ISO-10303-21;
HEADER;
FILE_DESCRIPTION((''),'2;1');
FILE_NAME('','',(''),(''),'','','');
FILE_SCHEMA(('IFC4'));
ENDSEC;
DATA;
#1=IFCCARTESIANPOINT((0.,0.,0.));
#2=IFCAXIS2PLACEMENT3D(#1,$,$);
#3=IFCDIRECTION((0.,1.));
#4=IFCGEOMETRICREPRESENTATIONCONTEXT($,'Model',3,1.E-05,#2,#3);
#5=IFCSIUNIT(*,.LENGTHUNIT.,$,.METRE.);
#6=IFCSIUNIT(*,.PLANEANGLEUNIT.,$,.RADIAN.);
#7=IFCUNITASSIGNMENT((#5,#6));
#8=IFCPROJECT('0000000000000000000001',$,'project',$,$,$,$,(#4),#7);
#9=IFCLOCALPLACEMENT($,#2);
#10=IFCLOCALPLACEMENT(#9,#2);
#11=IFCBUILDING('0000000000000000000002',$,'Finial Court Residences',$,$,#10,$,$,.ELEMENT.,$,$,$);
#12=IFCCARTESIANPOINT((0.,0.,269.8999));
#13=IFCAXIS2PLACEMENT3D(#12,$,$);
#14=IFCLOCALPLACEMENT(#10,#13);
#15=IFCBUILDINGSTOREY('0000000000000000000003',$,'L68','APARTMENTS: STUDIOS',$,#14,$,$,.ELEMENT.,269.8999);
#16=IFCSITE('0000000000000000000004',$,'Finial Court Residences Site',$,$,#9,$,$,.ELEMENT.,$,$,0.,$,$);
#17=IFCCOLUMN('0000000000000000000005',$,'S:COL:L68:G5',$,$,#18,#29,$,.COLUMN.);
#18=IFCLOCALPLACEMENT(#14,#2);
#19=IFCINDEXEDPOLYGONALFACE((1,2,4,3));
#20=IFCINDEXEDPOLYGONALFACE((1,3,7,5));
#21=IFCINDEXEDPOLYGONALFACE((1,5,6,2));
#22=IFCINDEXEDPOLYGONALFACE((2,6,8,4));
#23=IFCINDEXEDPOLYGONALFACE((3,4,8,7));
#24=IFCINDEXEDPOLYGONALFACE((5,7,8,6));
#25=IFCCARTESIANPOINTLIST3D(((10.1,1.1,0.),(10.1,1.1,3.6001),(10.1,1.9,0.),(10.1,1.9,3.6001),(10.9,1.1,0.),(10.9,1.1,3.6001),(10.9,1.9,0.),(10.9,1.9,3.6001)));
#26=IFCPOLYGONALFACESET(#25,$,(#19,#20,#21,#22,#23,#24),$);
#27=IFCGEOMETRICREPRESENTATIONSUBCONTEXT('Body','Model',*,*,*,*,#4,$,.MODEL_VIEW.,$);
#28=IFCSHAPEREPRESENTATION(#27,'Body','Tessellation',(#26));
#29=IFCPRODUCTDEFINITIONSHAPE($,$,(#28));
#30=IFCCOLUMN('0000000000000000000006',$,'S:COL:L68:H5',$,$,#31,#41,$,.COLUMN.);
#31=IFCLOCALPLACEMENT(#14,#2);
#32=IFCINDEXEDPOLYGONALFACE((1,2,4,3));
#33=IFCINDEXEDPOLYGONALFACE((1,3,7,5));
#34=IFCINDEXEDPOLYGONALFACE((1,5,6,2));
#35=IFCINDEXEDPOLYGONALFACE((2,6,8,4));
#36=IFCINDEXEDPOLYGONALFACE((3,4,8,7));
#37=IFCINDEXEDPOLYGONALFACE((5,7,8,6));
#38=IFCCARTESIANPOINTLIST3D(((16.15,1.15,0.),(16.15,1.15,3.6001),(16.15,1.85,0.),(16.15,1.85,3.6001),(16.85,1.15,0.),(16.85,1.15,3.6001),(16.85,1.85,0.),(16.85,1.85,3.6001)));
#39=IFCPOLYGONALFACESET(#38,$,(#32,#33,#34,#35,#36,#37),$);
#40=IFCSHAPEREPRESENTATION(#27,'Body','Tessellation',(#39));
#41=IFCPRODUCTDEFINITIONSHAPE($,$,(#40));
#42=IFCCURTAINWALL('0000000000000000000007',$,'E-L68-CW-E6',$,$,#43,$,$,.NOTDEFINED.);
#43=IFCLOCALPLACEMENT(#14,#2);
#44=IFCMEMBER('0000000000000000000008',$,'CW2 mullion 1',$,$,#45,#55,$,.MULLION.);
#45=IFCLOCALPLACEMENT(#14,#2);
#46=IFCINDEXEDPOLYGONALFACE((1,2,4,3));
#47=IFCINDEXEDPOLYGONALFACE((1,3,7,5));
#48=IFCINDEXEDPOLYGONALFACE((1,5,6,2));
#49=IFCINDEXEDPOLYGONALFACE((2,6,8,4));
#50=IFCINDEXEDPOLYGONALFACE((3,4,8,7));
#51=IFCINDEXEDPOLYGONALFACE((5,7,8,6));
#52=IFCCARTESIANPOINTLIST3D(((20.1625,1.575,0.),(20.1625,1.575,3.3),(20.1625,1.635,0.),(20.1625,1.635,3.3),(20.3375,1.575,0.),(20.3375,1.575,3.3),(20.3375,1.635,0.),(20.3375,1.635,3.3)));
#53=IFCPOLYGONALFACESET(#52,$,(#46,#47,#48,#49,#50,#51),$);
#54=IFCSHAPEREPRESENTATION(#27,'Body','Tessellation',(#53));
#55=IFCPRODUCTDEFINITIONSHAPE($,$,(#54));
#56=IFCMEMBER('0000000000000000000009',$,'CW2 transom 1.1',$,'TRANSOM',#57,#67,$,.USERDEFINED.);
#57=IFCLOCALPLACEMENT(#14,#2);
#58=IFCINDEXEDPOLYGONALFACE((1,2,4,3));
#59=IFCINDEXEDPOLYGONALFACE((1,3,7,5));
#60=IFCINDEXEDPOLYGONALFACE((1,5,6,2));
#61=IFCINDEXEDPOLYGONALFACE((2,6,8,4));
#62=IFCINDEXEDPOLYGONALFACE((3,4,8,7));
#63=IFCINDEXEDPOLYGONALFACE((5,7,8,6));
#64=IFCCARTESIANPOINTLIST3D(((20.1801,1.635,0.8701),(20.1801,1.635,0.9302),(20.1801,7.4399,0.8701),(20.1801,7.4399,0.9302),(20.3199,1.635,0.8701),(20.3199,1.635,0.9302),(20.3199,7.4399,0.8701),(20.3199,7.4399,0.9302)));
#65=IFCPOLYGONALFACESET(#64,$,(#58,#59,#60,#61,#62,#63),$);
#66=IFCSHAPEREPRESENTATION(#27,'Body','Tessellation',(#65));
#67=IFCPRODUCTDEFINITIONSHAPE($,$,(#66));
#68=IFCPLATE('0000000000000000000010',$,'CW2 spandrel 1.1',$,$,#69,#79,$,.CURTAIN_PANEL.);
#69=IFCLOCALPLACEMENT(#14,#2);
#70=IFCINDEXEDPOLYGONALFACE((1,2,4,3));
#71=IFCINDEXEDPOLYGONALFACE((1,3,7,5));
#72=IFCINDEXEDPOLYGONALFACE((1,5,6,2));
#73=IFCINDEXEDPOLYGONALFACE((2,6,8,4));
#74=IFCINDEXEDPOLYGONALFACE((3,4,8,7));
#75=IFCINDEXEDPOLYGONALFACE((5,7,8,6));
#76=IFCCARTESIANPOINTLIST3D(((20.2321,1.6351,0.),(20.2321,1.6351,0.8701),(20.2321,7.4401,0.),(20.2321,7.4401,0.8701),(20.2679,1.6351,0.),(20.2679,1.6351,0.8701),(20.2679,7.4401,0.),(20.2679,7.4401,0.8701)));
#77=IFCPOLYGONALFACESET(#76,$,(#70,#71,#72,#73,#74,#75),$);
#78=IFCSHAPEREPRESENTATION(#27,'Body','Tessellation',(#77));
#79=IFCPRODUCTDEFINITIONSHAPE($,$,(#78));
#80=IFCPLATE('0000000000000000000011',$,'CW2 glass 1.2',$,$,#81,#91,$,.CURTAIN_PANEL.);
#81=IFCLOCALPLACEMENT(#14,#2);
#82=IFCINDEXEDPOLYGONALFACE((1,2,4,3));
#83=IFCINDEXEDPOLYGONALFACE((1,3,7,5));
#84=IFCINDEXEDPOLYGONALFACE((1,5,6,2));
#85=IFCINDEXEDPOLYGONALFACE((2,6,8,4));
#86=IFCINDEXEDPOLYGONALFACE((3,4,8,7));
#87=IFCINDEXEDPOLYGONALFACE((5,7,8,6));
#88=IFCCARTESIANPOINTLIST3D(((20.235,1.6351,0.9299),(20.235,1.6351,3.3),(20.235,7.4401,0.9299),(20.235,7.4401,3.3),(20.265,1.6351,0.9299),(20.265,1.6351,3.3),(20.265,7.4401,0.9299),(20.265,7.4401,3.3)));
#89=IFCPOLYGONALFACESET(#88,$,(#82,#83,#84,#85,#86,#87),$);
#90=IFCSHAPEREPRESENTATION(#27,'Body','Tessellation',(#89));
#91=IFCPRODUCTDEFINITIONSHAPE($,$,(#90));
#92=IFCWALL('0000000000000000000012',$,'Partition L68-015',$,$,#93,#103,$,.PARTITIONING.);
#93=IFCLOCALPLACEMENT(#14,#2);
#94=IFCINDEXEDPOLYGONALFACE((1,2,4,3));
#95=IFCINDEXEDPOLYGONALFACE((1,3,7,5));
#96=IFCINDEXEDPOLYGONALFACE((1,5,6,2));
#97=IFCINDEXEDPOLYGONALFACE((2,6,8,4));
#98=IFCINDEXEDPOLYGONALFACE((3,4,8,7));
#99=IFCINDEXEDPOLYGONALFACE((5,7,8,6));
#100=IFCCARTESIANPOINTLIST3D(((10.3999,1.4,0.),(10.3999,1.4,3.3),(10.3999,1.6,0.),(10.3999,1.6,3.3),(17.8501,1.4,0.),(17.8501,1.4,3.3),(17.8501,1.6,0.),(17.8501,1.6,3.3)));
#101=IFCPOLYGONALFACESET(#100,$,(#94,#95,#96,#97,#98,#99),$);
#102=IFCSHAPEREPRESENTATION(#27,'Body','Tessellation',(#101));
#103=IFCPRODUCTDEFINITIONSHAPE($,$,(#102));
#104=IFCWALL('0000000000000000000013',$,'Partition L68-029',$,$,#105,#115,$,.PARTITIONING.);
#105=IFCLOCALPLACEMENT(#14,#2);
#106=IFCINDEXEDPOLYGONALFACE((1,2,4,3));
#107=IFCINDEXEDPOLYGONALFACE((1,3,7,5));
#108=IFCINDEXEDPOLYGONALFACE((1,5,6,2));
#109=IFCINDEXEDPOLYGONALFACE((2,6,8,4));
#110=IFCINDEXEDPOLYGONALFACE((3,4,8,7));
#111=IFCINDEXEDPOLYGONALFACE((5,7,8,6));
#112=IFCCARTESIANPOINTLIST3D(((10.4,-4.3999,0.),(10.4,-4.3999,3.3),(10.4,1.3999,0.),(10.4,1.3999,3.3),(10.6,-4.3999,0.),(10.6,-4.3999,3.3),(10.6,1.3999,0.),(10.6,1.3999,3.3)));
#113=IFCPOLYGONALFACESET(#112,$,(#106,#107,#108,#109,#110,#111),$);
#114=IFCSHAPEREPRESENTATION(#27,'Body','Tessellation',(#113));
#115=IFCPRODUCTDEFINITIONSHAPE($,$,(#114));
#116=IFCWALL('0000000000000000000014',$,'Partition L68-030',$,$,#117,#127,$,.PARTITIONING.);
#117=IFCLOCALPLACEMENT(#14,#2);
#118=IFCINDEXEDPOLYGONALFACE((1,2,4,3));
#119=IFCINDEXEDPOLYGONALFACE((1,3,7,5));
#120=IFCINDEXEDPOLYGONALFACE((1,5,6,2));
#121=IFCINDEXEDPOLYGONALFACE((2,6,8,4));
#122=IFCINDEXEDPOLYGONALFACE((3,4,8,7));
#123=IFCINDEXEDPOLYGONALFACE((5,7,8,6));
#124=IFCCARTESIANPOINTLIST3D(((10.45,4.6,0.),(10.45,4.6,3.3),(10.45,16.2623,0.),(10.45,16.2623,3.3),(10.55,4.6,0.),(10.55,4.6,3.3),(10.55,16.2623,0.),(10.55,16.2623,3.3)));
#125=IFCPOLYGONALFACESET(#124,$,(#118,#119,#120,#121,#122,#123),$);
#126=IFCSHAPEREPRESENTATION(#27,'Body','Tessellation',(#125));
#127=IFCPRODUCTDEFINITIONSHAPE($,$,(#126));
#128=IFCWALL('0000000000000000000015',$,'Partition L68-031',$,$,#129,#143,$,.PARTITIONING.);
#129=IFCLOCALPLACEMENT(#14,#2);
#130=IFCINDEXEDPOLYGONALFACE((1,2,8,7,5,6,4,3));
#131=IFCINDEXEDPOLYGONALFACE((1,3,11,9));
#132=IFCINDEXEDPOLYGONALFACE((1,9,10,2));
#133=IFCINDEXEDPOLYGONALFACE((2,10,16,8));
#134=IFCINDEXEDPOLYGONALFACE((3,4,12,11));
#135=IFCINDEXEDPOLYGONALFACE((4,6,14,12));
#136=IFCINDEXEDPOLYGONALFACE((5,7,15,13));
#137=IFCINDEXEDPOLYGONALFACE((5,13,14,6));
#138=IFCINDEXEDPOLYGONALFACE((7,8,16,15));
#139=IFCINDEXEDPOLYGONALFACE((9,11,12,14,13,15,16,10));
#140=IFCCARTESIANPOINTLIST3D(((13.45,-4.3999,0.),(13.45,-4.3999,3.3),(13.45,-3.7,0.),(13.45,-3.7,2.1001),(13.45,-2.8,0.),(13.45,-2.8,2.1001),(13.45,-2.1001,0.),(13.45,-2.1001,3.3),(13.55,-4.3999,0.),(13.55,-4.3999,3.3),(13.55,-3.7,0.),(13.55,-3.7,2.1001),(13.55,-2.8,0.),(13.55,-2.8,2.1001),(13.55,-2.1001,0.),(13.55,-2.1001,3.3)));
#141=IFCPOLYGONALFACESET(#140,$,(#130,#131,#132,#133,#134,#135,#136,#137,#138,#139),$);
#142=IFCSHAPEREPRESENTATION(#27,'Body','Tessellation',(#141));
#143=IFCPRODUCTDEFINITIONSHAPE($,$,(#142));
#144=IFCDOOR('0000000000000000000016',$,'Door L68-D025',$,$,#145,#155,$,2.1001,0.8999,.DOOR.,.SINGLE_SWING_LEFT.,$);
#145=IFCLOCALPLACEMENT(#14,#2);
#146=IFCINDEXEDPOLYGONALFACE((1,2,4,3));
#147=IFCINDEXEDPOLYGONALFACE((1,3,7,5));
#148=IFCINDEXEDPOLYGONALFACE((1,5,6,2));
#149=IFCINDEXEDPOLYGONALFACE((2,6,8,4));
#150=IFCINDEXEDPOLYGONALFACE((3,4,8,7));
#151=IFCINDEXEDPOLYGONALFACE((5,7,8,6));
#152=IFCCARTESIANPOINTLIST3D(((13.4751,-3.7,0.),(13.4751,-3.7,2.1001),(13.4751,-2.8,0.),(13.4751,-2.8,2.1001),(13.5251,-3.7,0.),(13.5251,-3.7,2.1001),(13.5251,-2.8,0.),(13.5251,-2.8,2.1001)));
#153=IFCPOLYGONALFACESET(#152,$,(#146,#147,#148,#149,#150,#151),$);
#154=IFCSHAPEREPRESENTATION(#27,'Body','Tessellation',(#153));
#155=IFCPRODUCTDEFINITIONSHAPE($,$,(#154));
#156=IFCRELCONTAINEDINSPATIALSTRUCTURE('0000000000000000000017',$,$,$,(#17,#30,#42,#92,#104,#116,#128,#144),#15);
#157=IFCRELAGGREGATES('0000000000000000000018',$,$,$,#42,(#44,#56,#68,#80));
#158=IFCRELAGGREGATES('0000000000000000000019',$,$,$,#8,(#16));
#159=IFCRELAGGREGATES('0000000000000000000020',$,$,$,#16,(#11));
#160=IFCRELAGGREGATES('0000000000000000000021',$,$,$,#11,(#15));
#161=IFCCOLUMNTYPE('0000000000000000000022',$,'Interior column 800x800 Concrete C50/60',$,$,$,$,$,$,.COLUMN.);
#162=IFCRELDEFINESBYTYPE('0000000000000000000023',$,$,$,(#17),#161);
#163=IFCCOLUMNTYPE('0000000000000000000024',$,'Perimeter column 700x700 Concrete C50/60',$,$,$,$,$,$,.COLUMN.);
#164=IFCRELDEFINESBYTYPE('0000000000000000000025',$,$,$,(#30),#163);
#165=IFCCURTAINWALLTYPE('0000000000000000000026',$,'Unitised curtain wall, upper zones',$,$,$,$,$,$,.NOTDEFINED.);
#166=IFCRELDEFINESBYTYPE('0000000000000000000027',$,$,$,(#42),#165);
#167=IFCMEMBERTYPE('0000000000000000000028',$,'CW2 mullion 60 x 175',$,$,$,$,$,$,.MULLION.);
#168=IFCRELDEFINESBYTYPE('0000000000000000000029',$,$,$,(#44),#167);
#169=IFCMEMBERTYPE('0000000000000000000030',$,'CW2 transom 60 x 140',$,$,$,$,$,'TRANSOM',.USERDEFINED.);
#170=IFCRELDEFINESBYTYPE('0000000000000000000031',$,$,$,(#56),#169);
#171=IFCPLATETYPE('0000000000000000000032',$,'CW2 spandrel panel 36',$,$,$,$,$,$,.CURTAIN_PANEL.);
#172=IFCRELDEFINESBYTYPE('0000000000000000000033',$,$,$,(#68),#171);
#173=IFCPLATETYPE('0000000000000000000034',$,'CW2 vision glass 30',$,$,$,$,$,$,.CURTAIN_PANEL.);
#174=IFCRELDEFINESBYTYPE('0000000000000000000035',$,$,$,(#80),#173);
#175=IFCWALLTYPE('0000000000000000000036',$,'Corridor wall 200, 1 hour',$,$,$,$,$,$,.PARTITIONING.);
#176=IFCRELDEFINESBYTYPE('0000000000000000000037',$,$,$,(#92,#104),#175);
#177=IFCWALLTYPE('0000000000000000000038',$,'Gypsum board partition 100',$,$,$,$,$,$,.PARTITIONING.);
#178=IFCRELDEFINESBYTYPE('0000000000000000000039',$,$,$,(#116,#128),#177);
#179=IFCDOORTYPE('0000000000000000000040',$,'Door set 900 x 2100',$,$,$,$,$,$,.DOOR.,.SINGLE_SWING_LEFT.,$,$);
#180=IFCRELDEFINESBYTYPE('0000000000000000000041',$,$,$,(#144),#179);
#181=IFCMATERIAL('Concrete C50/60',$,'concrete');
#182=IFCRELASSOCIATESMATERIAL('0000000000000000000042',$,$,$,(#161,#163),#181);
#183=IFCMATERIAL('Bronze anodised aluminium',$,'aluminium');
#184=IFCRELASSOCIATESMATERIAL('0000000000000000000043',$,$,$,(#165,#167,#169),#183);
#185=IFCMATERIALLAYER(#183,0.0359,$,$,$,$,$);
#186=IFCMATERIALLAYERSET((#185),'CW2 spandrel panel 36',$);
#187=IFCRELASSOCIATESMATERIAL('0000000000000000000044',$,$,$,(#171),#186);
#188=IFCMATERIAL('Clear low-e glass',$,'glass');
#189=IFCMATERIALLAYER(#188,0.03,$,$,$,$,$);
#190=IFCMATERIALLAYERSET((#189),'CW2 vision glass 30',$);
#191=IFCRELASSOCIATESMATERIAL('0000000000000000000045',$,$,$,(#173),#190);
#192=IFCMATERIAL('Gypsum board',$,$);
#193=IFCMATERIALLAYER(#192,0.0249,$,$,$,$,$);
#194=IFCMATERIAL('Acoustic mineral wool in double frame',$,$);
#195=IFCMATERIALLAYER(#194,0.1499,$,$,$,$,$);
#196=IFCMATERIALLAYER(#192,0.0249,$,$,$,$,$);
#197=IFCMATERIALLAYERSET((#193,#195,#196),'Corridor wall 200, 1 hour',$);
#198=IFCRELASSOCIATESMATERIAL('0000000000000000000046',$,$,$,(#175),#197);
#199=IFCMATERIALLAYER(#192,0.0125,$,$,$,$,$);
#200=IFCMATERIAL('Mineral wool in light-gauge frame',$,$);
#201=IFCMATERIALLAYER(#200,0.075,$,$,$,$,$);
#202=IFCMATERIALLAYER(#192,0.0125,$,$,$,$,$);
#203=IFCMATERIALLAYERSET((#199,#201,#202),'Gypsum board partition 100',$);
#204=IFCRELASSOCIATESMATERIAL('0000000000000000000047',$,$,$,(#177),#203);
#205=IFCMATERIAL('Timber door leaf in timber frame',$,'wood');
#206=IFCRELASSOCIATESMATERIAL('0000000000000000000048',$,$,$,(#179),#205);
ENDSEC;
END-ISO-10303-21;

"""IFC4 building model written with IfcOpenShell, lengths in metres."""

from ifc_helpers import new_model, si_unit, direction, frame, frame_2d, origin, origin_2d, place, context, subcontext, project, spatial, rectangle, extrude, material, layer, layer_set, material_profile, profile_set, type_object, element, fill, aggregate, save


model = new_model("IFC4")

# Units and contexts
model_context = context("Model", 3, precision=1e-05, world=origin(), true_north=direction((0.0, 1.0)))
body_context = subcontext(model_context, "Body", "Model", "MODEL_VIEW")
ifc_project = project(units=[si_unit("LENGTHUNIT", "METRE"), si_unit("PLANEANGLEUNIT", "RADIAN")], contexts=[model_context])

# Site, building, storey
site_placement = place(None, origin())
site = spatial("IfcSite", under=ifc_project, at=site_placement, Name="Finial Court Residences Site", CompositionType="ELEMENT", RefElevation=0.0)
building_placement = place(site_placement, origin())
building = spatial("IfcBuilding", under=site, at=building_placement, Name="Finial Court Residences", CompositionType="ELEMENT")
storey_placement = place(building_placement, frame((0.0, 0.0, 269.8999)))
storey = spatial("IfcBuildingStorey", under=building, at=storey_placement, Name="L68", Description="APARTMENTS: STUDIOS", CompositionType="ELEMENT", Elevation=269.8999)

# Columns
ifc_material_1 = material(Name="Concrete C50/60", Category="concrete")
ifc_material_profile_1 = material_profile(ifc_material_1, rectangle(XDim=0.8, YDim=0.8, at=origin_2d()), Name="800x800")
ifc_profile_set_1 = profile_set([ifc_material_profile_1], Name="Concrete C50/60")
column_type_1 = type_object("IfcColumnType", Name="Interior column 800x800 Concrete C50/60", PredefinedType="COLUMN", material=ifc_profile_set_1)
column_1_placement = place(storey_placement, frame((10.5, 1.5, 0.0), z_axis=(0.0, 0.0, 1.0), x_axis=(1.0, 0.0, 0.0)))
element("IfcColumn", 1, at=column_1_placement, inside=storey, type_object=column_type_1, Name="S:COL:L68:G5", PredefinedType="COLUMN", context=body_context, shape_type="SweptSolid", body=[
    extrude(rectangle(XDim=0.8, YDim=0.8, at=origin_2d()), origin(), (0.0, 0.0, 1.0), 3.6001),
])
ifc_material_profile_2 = material_profile(ifc_material_1, rectangle(XDim=0.7, YDim=0.7, at=origin_2d()), Name="700x700")
ifc_profile_set_2 = profile_set([ifc_material_profile_2], Name="Concrete C50/60")
column_type_2 = type_object("IfcColumnType", Name="Perimeter column 700x700 Concrete C50/60", PredefinedType="COLUMN", material=ifc_profile_set_2)
column_2_placement = place(storey_placement, frame((16.5, 1.5, 0.0), z_axis=(0.0, 0.0, 1.0), x_axis=(1.0, 0.0, 0.0)))
element("IfcColumn", 2, at=column_2_placement, inside=storey, type_object=column_type_2, Name="S:COL:L68:H5", PredefinedType="COLUMN", context=body_context, shape_type="SweptSolid", body=[
    extrude(rectangle(XDim=0.7, YDim=0.7, at=origin_2d()), origin(), (0.0, 0.0, 1.0), 3.6001),
])

# Curtain wall, members, plates
ifc_material_2 = material(Name="Bronze anodised aluminium", Category="aluminium")
curtain_wall_type = type_object("IfcCurtainWallType", Name="Unitised curtain wall, upper zones", PredefinedType="NOTDEFINED", material=ifc_material_2)
curtain_wall_placement = place(storey_placement, origin())
curtain_wall = element("IfcCurtainWall", 3, at=curtain_wall_placement, inside=storey, type_object=curtain_wall_type, Name="E-L68-CW-E6", PredefinedType="NOTDEFINED")
ifc_material_profile_3 = material_profile(ifc_material_2, rectangle(XDim=0.175, YDim=0.0601, at=origin_2d()), Name="CW2 mullion 60 x 175")
ifc_profile_set_3 = profile_set([ifc_material_profile_3], Name="Bronze anodised aluminium")
member_type_1 = type_object("IfcMemberType", Name="CW2 mullion 60 x 175", PredefinedType="MULLION", material=ifc_profile_set_3)
member_1_placement = place(storey_placement, frame((20.25, 1.605, 0.0), z_axis=(0.0, 0.0, 1.0), x_axis=(-1.0, 0.0, 0.0)))
member_1 = element("IfcMember", 4, at=member_1_placement, type_object=member_type_1, Name="CW2 mullion 1", PredefinedType="MULLION", context=body_context, shape_type="SweptSolid", body=[
    extrude(rectangle(XDim=0.175, YDim=0.0601, at=origin_2d()), origin(), (0.0, 0.0, 1.0), 3.3),
])
ifc_material_profile_4 = material_profile(ifc_material_2, rectangle(XDim=0.1399, YDim=0.0601, at=origin_2d()), Name="CW2 transom 60 x 140")
ifc_profile_set_4 = profile_set([ifc_material_profile_4], Name="Bronze anodised aluminium")
member_type_2 = type_object("IfcMemberType", Name="CW2 transom 60 x 140", ElementType="TRANSOM", PredefinedType="USERDEFINED", material=ifc_profile_set_4)
member_2_placement = place(storey_placement, frame((20.25, 1.635, 0.9001), z_axis=(0.0, 1.0, 0.0), x_axis=(-1.0, 0.0, 0.0)))
member_2 = element("IfcMember", 5, at=member_2_placement, type_object=member_type_2, Name="CW2 transom 1.1", ObjectType="TRANSOM", PredefinedType="USERDEFINED", context=body_context, shape_type="SweptSolid", body=[
    extrude(rectangle(XDim=0.1399, YDim=0.0601, at=origin_2d()), origin(), (0.0, 0.0, 1.0), 5.8049),
])
ifc_layer_1 = layer(ifc_material_2, 0.0359)
ifc_layer_set_1 = layer_set([ifc_layer_1], Name="CW2 spandrel panel 36")
plate_type_1 = type_object("IfcPlateType", Name="CW2 spandrel panel 36", PredefinedType="CURTAIN_PANEL", material=ifc_layer_set_1)
plate_1_placement = place(storey_placement, frame((20.25, 4.5376, 0.0), z_axis=(0.0, 0.0, 1.0), x_axis=(0.0, 1.0, 0.0)))
plate_1 = element("IfcPlate", 6, at=plate_1_placement, type_object=plate_type_1, Name="CW2 spandrel 1.1", PredefinedType="CURTAIN_PANEL", context=body_context, shape_type="SweptSolid", body=[
    extrude(rectangle(XDim=5.8049, YDim=0.0359, at=origin_2d()), origin(), (0.0, 0.0, 1.0), 0.8701),
])
ifc_material_3 = material(Name="Clear low-e glass", Category="glass")
ifc_layer_2 = layer(ifc_material_3, 0.03)
ifc_layer_set_2 = layer_set([ifc_layer_2], Name="CW2 vision glass 30")
plate_type_2 = type_object("IfcPlateType", Name="CW2 vision glass 30", PredefinedType="CURTAIN_PANEL", material=ifc_layer_set_2)
plate_2_placement = place(storey_placement, frame((20.25, 4.5376, 0.9299), z_axis=(0.0, 0.0, 1.0), x_axis=(0.0, 1.0, 0.0)))
plate_2 = element("IfcPlate", 7, at=plate_2_placement, type_object=plate_type_2, Name="CW2 glass 1.2", PredefinedType="CURTAIN_PANEL", context=body_context, shape_type="SweptSolid", body=[
    extrude(rectangle(XDim=5.8049, YDim=0.03, at=origin_2d()), origin(), (0.0, 0.0, 1.0), 2.3701),
])
aggregate(curtain_wall, [member_1, member_2, plate_1, plate_2])

# Walls
ifc_material_4 = material(Name="Gypsum board")
ifc_layer_3 = layer(ifc_material_4, 0.0249)
ifc_material_5 = material(Name="Acoustic mineral wool in double frame")
ifc_layer_4 = layer(ifc_material_5, 0.1499)
ifc_layer_5 = layer(ifc_material_4, 0.0249)
ifc_layer_set_3 = layer_set([ifc_layer_3, ifc_layer_4, ifc_layer_5], Name="Corridor wall 200, 1 hour")
wall_type_1 = type_object("IfcWallType", Name="Corridor wall 200, 1 hour", PredefinedType="PARTITIONING", material=ifc_layer_set_3)
wall_1_placement = place(storey_placement, frame((10.3999, 1.5, 0.0), z_axis=(0.0, 0.0, 1.0), x_axis=(1.0, 0.0, 0.0)))
element("IfcWall", 8, at=wall_1_placement, inside=storey, type_object=wall_type_1, Name="Partition L68-015", PredefinedType="PARTITIONING", context=body_context, shape_type="SweptSolid", body=[
    extrude(rectangle(XDim=7.4502, YDim=0.2, at=frame_2d((3.7251, 0.0))), origin(), (0.0, 0.0, 1.0), 3.3),
])
wall_2_placement = place(storey_placement, frame((10.5, -4.3999, 0.0), z_axis=(0.0, 0.0, 1.0), x_axis=(0.0, 1.0, 0.0)))
element("IfcWall", 9, at=wall_2_placement, inside=storey, type_object=wall_type_1, Name="Partition L68-029", PredefinedType="PARTITIONING", context=body_context, shape_type="SweptSolid", body=[
    extrude(rectangle(XDim=5.7998, YDim=0.2, at=frame_2d((2.8999, 0.0))), origin(), (0.0, 0.0, 1.0), 3.3),
])
ifc_layer_6 = layer(ifc_material_4, 0.0125)
ifc_material_6 = material(Name="Mineral wool in light-gauge frame")
ifc_layer_7 = layer(ifc_material_6, 0.075)
ifc_layer_8 = layer(ifc_material_4, 0.0125)
ifc_layer_set_4 = layer_set([ifc_layer_6, ifc_layer_7, ifc_layer_8], Name="Gypsum board partition 100")
wall_type_2 = type_object("IfcWallType", Name="Gypsum board partition 100", PredefinedType="PARTITIONING", material=ifc_layer_set_4)
wall_3_placement = place(storey_placement, frame((10.5, 4.6001, 0.0), z_axis=(0.0, 0.0, 1.0), x_axis=(0.0, 1.0, 0.0)))
element("IfcWall", 10, at=wall_3_placement, inside=storey, type_object=wall_type_2, Name="Partition L68-030", PredefinedType="PARTITIONING", context=body_context, shape_type="SweptSolid", body=[
    extrude(rectangle(XDim=11.6624, YDim=0.1001, at=frame_2d((5.8311, 0.0))), origin(), (0.0, 0.0, 1.0), 3.3),
])

# Wall, opening, door
wall_4_placement = place(storey_placement, frame((13.5, -4.3999, 0.0), z_axis=(0.0, 0.0, 1.0), x_axis=(0.0, 1.0, 0.0)))
wall_4 = element("IfcWall", 11, at=wall_4_placement, inside=storey, type_object=wall_type_2, Name="Partition L68-031", PredefinedType="PARTITIONING", context=body_context, shape_type="SweptSolid", body=[
    extrude(rectangle(XDim=2.2998, YDim=0.1001, at=frame_2d((1.1499, 0.0))), origin(), (0.0, 0.0, 1.0), 3.3),
])
opening_1_placement = place(wall_4_placement, frame((0.7, 0.0, 0.0)))
opening_1 = element("IfcOpeningElement", 12, at=opening_1_placement, cuts=wall_4, PredefinedType="OPENING", context=body_context, shape_type="SweptSolid", body=[
    extrude(rectangle(XDim=0.8999, YDim=2.1001, at=frame_2d((0.45, 1.05))), frame((0.0, 0.0601, 0.0), z_axis=(0.0, -1.0, 0.0), x_axis=(1.0, 0.0, 0.0)), (0.0, 0.0, 1.0), 0.1201),
])
ifc_material_7 = material(Name="Timber door leaf in timber frame", Category="wood")
door_type_1 = type_object("IfcDoorType", Name="Door set 900 x 2100", OperationType="SINGLE_SWING_LEFT", PredefinedType="DOOR", material=ifc_material_7)
door_1_placement = place(opening_1_placement, origin())
door_1 = element("IfcDoor", 13, at=door_1_placement, inside=storey, type_object=door_type_1, Name="Door L68-D025", OperationType="SINGLE_SWING_LEFT", OverallHeight=2.1001, OverallWidth=0.8999, PredefinedType="DOOR", context=body_context, shape_type="SweptSolid", body=[
    extrude(rectangle(XDim=0.8999, YDim=2.1001, at=frame_2d((0.45, 1.05))), frame((0.0, 0.0249, 0.0), z_axis=(0.0, -1.0, 0.0), x_axis=(1.0, 0.0, 0.0)), (0.0, 0.0, 1.0), 0.05),
])
fill(opening_1, door_1)

save(model, "model.ifc")
